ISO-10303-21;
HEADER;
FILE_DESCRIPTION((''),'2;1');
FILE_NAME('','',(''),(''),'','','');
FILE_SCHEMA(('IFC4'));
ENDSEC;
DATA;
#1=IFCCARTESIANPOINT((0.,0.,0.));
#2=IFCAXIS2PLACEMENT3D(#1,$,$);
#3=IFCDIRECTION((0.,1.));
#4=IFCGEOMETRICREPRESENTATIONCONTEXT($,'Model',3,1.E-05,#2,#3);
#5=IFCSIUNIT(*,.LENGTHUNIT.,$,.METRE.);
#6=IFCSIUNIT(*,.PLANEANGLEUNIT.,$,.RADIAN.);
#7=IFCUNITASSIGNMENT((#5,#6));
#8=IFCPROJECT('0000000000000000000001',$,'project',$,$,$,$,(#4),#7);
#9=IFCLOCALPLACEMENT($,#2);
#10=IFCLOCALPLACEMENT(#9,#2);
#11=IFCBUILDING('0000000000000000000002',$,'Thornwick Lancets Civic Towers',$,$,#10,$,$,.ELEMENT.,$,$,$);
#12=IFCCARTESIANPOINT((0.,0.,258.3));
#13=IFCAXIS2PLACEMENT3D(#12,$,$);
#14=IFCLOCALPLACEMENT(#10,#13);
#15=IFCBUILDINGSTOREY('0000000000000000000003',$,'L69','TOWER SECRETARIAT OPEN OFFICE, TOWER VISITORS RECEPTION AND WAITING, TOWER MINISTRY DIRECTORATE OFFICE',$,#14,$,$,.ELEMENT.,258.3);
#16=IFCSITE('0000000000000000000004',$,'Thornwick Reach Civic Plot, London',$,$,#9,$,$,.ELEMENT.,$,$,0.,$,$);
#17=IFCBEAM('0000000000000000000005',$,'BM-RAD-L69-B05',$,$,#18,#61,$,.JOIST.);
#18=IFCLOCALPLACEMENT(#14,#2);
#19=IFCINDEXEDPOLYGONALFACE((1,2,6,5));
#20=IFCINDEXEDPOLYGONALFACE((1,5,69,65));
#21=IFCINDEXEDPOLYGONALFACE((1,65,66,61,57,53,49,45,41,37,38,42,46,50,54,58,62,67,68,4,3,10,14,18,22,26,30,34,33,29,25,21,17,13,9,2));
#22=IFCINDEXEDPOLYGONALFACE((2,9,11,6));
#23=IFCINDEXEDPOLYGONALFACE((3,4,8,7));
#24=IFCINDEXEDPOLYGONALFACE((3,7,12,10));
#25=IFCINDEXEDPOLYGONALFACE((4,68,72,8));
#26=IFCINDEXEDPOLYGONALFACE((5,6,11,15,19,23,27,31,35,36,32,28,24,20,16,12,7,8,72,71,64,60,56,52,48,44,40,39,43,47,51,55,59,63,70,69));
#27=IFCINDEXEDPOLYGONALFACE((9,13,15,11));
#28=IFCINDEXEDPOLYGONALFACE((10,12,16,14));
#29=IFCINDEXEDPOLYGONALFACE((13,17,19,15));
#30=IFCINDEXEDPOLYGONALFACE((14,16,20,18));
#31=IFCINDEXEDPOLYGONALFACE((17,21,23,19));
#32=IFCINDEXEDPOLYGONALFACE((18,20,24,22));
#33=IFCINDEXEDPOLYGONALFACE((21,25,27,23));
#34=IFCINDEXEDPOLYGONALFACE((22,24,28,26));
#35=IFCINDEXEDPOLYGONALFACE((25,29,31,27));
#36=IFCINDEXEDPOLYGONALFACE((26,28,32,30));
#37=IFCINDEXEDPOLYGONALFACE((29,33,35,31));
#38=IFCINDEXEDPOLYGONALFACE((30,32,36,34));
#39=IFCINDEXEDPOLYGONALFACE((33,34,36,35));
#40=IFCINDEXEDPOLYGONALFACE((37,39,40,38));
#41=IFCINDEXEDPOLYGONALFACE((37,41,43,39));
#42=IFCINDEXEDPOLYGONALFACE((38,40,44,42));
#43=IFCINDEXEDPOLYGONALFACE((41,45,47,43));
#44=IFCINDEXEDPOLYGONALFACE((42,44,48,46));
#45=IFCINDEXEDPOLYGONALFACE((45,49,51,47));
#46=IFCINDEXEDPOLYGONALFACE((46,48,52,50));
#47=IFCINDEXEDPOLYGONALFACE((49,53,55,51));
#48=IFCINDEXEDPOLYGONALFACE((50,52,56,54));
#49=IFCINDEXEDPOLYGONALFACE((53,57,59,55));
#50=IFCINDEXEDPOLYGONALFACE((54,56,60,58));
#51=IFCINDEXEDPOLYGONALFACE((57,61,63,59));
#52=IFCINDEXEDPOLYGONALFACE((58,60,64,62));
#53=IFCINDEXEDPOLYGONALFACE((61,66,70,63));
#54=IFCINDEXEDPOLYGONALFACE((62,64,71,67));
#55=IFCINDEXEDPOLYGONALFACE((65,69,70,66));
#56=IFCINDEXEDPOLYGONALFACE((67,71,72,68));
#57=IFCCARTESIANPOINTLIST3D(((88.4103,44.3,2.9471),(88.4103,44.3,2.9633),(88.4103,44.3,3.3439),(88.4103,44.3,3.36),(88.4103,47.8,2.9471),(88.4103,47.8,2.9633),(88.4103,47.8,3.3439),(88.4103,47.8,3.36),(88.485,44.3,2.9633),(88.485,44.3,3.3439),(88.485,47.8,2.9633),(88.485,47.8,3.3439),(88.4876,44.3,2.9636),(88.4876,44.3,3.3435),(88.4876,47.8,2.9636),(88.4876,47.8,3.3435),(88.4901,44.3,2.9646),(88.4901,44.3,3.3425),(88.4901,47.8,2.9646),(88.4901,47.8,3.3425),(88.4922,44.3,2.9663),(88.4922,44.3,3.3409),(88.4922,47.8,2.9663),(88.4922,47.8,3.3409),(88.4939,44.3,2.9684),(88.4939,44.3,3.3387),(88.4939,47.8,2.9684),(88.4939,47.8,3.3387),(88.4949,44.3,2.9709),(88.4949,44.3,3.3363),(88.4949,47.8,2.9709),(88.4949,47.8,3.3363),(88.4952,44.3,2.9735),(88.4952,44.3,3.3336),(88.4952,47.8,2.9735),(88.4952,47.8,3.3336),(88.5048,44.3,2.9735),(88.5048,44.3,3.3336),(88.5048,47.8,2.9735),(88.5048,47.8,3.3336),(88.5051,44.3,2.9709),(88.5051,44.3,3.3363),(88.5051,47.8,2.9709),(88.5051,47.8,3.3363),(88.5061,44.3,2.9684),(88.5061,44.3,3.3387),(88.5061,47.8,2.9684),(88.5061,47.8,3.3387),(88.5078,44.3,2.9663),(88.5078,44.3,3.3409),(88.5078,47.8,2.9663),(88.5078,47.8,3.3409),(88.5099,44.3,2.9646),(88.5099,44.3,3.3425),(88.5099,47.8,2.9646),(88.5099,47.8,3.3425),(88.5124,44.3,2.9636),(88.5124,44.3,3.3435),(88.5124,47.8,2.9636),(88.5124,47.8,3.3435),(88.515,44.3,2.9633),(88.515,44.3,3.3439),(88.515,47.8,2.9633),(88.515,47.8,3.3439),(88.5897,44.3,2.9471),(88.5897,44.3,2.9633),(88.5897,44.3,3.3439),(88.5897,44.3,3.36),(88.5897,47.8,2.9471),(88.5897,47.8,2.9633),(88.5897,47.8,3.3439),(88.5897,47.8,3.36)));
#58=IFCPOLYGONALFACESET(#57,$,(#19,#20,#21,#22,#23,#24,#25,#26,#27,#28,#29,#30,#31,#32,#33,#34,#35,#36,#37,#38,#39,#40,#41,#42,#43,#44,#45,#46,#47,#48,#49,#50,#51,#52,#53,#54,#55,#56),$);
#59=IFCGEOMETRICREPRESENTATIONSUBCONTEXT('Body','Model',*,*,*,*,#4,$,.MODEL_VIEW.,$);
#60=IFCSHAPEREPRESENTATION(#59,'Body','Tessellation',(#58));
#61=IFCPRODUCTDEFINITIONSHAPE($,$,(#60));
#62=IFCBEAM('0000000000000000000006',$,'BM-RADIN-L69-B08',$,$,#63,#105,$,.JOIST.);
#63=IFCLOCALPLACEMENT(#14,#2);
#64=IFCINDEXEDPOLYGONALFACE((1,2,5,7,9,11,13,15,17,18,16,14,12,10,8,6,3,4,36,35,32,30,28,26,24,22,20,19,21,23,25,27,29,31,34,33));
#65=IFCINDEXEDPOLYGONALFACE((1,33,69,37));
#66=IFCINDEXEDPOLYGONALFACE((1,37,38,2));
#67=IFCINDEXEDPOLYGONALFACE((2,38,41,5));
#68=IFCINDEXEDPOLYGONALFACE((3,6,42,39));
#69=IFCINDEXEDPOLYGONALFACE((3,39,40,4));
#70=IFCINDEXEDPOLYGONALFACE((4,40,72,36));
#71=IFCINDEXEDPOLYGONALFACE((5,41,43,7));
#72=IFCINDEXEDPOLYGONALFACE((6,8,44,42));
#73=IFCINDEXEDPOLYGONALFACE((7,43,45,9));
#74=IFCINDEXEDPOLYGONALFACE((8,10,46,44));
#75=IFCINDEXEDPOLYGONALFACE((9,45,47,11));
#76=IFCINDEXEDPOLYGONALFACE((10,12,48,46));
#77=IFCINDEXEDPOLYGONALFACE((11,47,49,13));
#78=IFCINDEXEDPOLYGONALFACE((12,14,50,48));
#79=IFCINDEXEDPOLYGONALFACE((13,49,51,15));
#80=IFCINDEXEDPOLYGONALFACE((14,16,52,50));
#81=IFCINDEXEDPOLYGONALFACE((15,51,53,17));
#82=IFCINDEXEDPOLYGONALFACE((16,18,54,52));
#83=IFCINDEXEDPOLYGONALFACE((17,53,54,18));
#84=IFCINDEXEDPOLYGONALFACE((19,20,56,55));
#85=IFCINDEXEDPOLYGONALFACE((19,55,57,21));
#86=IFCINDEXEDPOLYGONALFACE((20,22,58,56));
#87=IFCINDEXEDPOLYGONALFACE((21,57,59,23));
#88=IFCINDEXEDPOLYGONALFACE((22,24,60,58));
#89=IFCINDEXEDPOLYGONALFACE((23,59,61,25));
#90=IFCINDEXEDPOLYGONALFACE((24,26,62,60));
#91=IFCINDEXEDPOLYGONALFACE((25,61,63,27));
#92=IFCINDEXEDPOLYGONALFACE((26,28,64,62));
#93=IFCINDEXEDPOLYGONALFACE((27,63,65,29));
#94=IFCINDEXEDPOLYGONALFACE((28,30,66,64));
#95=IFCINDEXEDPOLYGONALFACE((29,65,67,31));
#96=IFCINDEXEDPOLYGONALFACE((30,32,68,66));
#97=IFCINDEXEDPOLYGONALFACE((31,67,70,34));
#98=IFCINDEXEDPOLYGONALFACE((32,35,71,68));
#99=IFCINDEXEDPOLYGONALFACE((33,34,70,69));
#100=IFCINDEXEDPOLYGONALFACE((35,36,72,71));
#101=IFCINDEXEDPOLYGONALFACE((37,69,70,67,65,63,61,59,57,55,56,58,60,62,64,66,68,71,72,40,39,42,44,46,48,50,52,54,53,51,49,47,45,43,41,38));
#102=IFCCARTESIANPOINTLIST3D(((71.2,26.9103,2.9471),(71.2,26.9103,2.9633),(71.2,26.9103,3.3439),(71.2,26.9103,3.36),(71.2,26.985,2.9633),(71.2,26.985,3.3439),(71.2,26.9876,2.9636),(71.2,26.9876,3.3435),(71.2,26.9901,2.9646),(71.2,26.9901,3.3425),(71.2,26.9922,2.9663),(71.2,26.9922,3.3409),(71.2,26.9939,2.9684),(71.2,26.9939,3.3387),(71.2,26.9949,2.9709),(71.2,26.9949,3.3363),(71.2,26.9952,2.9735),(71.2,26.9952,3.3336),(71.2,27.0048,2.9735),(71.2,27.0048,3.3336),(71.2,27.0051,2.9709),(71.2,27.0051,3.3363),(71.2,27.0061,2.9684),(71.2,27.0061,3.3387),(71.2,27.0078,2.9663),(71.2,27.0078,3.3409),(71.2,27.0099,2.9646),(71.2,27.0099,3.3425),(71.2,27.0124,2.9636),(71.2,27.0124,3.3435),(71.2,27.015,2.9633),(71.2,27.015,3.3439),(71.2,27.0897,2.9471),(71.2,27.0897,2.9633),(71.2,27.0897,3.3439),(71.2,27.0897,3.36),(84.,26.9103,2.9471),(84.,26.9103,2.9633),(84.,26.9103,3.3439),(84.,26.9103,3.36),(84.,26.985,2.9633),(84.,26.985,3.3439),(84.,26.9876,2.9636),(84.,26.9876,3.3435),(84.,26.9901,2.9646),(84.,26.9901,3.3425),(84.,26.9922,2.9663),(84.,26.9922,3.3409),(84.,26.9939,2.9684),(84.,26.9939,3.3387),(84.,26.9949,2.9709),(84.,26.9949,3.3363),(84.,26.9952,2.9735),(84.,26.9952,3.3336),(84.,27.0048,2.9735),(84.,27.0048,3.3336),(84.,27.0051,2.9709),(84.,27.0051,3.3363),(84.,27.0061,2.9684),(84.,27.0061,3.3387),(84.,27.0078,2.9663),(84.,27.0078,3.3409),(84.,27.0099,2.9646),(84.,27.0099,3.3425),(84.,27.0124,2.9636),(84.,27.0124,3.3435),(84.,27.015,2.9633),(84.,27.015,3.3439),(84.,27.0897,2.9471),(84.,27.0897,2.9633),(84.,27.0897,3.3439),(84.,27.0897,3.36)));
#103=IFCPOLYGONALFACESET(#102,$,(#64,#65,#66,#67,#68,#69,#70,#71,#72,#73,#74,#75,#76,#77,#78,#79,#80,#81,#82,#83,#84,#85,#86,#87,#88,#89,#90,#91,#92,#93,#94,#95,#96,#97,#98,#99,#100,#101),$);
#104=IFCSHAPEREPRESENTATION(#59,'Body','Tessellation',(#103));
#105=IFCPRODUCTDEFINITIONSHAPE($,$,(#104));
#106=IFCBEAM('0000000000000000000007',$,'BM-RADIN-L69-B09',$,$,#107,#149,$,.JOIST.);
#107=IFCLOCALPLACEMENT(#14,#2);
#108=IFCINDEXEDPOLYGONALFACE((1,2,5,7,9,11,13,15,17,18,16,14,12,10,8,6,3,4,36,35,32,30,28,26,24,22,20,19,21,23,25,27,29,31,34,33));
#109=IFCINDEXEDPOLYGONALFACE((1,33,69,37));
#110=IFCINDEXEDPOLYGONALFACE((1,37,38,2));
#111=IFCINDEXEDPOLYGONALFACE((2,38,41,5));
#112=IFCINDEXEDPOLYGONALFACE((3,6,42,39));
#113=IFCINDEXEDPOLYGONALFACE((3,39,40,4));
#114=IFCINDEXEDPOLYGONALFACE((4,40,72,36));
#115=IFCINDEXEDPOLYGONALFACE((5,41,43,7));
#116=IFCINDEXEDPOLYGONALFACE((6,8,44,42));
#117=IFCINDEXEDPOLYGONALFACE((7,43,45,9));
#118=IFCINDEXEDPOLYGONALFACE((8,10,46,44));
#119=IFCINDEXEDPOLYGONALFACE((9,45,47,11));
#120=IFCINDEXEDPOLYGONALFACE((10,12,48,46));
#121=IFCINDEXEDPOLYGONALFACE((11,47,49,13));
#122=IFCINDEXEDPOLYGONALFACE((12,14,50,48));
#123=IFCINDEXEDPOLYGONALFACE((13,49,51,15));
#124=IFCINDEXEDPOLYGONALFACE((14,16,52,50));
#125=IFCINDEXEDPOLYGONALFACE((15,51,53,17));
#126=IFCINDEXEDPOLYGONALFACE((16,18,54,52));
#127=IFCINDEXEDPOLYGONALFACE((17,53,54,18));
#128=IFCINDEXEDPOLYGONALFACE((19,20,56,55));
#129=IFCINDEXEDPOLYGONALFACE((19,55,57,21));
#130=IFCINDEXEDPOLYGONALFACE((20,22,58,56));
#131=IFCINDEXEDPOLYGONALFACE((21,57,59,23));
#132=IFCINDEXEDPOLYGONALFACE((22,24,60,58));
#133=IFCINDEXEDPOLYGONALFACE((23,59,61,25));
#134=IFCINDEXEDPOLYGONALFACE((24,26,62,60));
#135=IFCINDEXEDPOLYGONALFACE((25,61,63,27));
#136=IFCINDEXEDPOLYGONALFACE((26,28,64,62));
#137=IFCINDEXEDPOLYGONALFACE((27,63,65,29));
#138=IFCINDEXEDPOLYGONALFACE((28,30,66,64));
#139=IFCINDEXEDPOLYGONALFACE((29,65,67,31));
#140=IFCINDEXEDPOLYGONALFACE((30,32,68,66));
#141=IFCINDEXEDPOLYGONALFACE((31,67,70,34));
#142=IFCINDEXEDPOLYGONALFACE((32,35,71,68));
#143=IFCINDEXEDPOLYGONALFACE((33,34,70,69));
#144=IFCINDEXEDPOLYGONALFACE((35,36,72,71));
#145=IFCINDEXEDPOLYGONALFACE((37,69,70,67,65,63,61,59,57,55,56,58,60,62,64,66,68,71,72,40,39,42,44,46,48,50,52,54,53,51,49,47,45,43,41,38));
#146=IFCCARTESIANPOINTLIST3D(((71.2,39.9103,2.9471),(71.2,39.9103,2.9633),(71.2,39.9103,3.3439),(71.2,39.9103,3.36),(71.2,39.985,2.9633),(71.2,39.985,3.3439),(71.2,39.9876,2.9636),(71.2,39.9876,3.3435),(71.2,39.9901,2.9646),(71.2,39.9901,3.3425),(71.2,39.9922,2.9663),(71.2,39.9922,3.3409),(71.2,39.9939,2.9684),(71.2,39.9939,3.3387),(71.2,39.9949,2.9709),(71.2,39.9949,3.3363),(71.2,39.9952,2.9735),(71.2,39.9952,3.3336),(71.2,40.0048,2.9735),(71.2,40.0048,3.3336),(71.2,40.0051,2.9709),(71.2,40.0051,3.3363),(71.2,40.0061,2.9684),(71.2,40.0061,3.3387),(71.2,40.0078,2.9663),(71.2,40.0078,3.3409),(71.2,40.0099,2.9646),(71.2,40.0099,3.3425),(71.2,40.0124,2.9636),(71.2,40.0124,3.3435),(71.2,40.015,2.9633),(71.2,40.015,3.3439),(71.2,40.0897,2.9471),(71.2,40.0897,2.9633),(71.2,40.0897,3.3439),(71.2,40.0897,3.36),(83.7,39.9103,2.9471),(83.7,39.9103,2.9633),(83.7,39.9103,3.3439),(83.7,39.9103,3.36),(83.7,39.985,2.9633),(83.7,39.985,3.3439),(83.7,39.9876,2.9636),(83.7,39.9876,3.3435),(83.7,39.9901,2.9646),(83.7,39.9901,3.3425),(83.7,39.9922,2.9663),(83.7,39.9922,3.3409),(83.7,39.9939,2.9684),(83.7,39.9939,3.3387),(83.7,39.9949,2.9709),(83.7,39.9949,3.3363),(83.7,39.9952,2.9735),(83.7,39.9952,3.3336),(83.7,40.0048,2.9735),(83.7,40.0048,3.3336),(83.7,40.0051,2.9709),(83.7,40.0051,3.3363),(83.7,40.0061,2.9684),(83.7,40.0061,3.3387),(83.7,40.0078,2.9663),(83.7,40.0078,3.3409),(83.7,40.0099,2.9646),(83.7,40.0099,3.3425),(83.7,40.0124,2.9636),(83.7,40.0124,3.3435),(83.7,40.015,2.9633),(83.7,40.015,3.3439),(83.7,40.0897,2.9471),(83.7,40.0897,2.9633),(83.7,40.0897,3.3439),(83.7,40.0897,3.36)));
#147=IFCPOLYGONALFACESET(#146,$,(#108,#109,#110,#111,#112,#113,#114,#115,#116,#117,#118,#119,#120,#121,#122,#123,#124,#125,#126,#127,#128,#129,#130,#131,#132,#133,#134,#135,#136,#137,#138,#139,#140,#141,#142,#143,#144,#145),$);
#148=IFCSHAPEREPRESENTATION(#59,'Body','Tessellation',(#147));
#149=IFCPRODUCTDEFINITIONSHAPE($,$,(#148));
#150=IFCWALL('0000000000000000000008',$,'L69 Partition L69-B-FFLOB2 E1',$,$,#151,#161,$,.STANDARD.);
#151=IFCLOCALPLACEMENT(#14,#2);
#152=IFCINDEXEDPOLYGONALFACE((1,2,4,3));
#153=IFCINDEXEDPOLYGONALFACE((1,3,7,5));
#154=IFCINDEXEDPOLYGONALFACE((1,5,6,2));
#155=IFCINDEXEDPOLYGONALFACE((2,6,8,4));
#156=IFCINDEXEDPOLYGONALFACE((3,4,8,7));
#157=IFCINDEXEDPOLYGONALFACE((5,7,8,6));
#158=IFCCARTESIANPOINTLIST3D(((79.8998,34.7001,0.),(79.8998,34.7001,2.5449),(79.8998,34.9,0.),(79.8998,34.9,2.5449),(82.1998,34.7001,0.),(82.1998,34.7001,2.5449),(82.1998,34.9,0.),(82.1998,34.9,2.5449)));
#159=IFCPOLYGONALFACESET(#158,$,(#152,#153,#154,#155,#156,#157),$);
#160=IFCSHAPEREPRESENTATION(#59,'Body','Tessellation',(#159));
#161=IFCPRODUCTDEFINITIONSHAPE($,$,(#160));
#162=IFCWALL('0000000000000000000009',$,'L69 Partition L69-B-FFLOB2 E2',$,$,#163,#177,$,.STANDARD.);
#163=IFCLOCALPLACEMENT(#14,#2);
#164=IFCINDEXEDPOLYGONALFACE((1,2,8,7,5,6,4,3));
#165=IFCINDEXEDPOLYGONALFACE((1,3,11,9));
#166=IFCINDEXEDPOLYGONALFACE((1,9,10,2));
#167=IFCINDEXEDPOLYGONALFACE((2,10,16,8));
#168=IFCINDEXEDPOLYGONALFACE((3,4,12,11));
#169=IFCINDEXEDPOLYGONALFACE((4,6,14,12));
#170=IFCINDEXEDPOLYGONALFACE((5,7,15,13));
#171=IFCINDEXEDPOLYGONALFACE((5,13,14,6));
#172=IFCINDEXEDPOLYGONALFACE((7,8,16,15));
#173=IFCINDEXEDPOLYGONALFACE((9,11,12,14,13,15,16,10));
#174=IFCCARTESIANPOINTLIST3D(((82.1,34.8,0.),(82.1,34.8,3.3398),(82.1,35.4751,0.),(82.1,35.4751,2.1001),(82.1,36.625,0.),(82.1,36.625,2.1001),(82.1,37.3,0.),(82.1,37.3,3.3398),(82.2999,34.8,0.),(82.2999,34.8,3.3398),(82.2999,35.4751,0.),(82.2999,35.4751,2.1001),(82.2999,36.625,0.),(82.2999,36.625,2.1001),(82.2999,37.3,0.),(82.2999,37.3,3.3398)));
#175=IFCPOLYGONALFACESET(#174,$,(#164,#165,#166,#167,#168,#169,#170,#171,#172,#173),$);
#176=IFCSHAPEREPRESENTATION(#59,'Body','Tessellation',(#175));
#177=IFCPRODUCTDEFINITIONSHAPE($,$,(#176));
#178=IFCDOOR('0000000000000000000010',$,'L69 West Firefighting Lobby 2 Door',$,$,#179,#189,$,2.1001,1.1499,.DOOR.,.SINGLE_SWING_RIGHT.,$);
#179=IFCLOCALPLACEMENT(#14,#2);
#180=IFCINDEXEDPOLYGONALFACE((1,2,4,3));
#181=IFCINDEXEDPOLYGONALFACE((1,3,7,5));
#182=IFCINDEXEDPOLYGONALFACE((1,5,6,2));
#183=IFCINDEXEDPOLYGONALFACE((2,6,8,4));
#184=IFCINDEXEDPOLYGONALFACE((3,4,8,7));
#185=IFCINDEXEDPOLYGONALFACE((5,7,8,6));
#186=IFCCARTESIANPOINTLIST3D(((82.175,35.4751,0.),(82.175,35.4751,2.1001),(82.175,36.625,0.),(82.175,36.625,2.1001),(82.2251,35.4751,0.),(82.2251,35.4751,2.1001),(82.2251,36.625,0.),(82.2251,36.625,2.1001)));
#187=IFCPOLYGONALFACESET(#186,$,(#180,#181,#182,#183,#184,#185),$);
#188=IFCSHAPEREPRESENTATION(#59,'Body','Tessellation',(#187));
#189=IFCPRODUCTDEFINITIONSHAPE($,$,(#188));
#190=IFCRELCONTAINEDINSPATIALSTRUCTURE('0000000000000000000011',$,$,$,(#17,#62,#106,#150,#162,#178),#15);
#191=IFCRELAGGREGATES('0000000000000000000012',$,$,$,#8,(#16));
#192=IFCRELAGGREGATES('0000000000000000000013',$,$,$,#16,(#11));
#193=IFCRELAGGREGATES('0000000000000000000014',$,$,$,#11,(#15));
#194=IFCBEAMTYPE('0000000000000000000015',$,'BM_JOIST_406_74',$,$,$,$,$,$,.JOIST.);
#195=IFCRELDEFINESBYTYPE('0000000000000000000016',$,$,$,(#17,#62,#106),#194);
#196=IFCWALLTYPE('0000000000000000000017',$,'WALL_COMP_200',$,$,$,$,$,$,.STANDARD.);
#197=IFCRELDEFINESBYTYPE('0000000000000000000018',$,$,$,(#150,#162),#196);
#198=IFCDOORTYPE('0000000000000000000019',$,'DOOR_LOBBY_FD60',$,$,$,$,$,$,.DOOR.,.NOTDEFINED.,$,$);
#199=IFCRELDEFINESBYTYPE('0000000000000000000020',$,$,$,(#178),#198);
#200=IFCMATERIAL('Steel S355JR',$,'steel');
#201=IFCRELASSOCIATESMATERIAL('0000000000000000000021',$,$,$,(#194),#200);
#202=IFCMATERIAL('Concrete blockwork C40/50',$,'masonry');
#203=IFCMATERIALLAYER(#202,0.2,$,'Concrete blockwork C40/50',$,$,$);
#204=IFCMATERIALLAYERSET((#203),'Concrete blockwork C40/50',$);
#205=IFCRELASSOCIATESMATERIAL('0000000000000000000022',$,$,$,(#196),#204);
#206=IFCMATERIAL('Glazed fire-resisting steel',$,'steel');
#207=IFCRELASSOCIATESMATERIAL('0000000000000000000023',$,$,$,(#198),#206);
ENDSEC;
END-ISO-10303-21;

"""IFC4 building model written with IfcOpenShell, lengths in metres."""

from ifc_helpers import new_model, si_unit, direction, frame, frame_2d, origin, origin_2d, place, context, subcontext, project, spatial, rectangle, i_section, extrude, material, layer, layer_set, material_profile, profile_set, type_object, element, fill, save


model = new_model("IFC4")

# Units and contexts
model_context = context("Model", 3, precision=1e-05, world=origin(), true_north=direction((0.0, 1.0)))
body_context = subcontext(model_context, "Body", "Model", "MODEL_VIEW")
ifc_project = project(units=[si_unit("LENGTHUNIT", "METRE"), si_unit("PLANEANGLEUNIT", "RADIAN")], contexts=[model_context])

# Site, building, storey
site_placement = place(None, origin())
site = spatial("IfcSite", under=ifc_project, at=site_placement, Name="Thornwick Reach Civic Plot, London", CompositionType="ELEMENT", RefElevation=0.0)
building_placement = place(site_placement, origin())
building = spatial("IfcBuilding", under=site, at=building_placement, Name="Thornwick Lancets Civic Towers", CompositionType="ELEMENT")
storey_placement = place(building_placement, frame((0.0, 0.0, 258.3)))
storey = spatial("IfcBuildingStorey", under=building, at=storey_placement, Name="L69", Description="TOWER SECRETARIAT OPEN OFFICE, TOWER VISITORS RECEPTION AND WAITING, TOWER MINISTRY DIRECTORATE OFFICE", CompositionType="ELEMENT", Elevation=258.3)

# Shared definitions
ifc_material_1 = material(Name="Steel S355JR", Category="steel")

# Beams
ifc_material_profile_1 = material_profile(ifc_material_1, i_section(OverallWidth=0.1794, OverallDepth=0.4128, WebThickness=0.0095, FlangeThickness=0.0161, FilletRadius=0.0103, at=origin_2d()), Name="UKB 406x178x74")
ifc_profile_set_1 = profile_set([ifc_material_profile_1], Name="Steel S355JR")
beam_type_1 = type_object("IfcBeamType", Name="BM_JOIST_406_74", PredefinedType="JOIST", material=ifc_profile_set_1)
beam_1_placement = place(storey_placement, frame((88.5, 44.3, 3.1536), z_axis=(0.0, 1.0, 0.0), x_axis=(-1.0, 0.0, 0.0)))
element("IfcBeam", 1, at=beam_1_placement, inside=storey, type_object=beam_type_1, Name="BM-RAD-L69-B05", PredefinedType="JOIST", context=body_context, shape_type="SweptSolid", body=[
    extrude(i_section(OverallWidth=0.1794, OverallDepth=0.4128, WebThickness=0.0095, FlangeThickness=0.0161, FilletRadius=0.0103, at=origin_2d()), origin(), (0.0, 0.0, 1.0), 3.5),
])
beam_2_placement = place(storey_placement, frame((84.0, 27.0, 3.1536), z_axis=(-1.0, 0.0, 0.0), x_axis=(0.0, -1.0, 0.0)))
element("IfcBeam", 2, at=beam_2_placement, inside=storey, type_object=beam_type_1, Name="BM-RADIN-L69-B08", PredefinedType="JOIST", context=body_context, shape_type="SweptSolid", body=[
    extrude(i_section(OverallWidth=0.1794, OverallDepth=0.4128, WebThickness=0.0095, FlangeThickness=0.0161, FilletRadius=0.0103, at=origin_2d()), origin(), (0.0, 0.0, 1.0), 12.8),
])
beam_3_placement = place(storey_placement, frame((83.7, 40.0, 3.1536), z_axis=(-1.0, 0.0, 0.0), x_axis=(0.0, -1.0, 0.0)))
element("IfcBeam", 3, at=beam_3_placement, inside=storey, type_object=beam_type_1, Name="BM-RADIN-L69-B09", PredefinedType="JOIST", context=body_context, shape_type="SweptSolid", body=[
    extrude(i_section(OverallWidth=0.1794, OverallDepth=0.4128, WebThickness=0.0095, FlangeThickness=0.0161, FilletRadius=0.0103, at=origin_2d()), origin(), (0.0, 0.0, 1.0), 12.5),
])

# Wall
ifc_material_2 = material(Name="Concrete blockwork C40/50", Category="masonry")
ifc_layer_1 = layer(ifc_material_2, 0.2, Name="Concrete blockwork C40/50")
ifc_layer_set_1 = layer_set([ifc_layer_1], Name="Concrete blockwork C40/50")
wall_type_1 = type_object("IfcWallType", Name="WALL_COMP_200", PredefinedType="STANDARD", material=ifc_layer_set_1)
wall_1_placement = place(storey_placement, frame((79.8999, 34.8, 0.0), z_axis=(0.0, 0.0, 1.0), x_axis=(1.0, 0.0, 0.0)))
element("IfcWall", 4, at=wall_1_placement, inside=storey, type_object=wall_type_1, Name="L69 Partition L69-B-FFLOB2 E1", PredefinedType="STANDARD", context=body_context, shape_type="SweptSolid", body=[
    extrude(rectangle(XDim=2.3, YDim=0.2, at=frame_2d((1.1499, 0.0))), origin(), (0.0, 0.0, 1.0), 2.5449),
])

# Wall, opening, door
wall_2_placement = place(storey_placement, frame((82.2, 34.8, 0.0), z_axis=(0.0, 0.0, 1.0), x_axis=(0.0, 1.0, 0.0)))
wall_2 = element("IfcWall", 5, at=wall_2_placement, inside=storey, type_object=wall_type_1, Name="L69 Partition L69-B-FFLOB2 E2", PredefinedType="STANDARD", context=body_context, shape_type="SweptSolid", body=[
    extrude(rectangle(XDim=2.5, YDim=0.2, at=frame_2d((1.25, 0.0))), origin(), (0.0, 0.0, 1.0), 3.3398),
])
opening_1_placement = place(wall_2_placement, frame((0.675, 0.0, 0.0)))
opening_1 = element("IfcOpeningElement", 6, at=opening_1_placement, cuts=wall_2, PredefinedType="OPENING", context=body_context, shape_type="SweptSolid", body=[
    extrude(rectangle(XDim=1.1499, YDim=2.1001, at=frame_2d((0.575, 1.05))), frame((0.0, 0.1099, 0.0), z_axis=(0.0, -1.0, 0.0), x_axis=(1.0, 0.0, 0.0)), (0.0, 0.0, 1.0), 0.22),
])
ifc_material_3 = material(Name="Glazed fire-resisting steel", Category="steel")
door_type_1 = type_object("IfcDoorType", Name="DOOR_LOBBY_FD60", OperationType="NOTDEFINED", PredefinedType="DOOR", material=ifc_material_3)
door_1_placement = place(opening_1_placement, origin())
door_1 = element("IfcDoor", 7, at=door_1_placement, inside=storey, type_object=door_type_1, Name="L69 West Firefighting Lobby 2 Door", OperationType="SINGLE_SWING_RIGHT", OverallHeight=2.1001, OverallWidth=1.1499, PredefinedType="DOOR", context=body_context, shape_type="SweptSolid", body=[
    extrude(rectangle(XDim=1.1499, YDim=2.1001, at=frame_2d((0.575, 1.05))), frame((0.0, 0.0249, 0.0), z_axis=(0.0, -1.0, 0.0), x_axis=(1.0, 0.0, 0.0)), (0.0, 0.0, 1.0), 0.05),
])
fill(opening_1, door_1)

save(model, "model.ifc")
